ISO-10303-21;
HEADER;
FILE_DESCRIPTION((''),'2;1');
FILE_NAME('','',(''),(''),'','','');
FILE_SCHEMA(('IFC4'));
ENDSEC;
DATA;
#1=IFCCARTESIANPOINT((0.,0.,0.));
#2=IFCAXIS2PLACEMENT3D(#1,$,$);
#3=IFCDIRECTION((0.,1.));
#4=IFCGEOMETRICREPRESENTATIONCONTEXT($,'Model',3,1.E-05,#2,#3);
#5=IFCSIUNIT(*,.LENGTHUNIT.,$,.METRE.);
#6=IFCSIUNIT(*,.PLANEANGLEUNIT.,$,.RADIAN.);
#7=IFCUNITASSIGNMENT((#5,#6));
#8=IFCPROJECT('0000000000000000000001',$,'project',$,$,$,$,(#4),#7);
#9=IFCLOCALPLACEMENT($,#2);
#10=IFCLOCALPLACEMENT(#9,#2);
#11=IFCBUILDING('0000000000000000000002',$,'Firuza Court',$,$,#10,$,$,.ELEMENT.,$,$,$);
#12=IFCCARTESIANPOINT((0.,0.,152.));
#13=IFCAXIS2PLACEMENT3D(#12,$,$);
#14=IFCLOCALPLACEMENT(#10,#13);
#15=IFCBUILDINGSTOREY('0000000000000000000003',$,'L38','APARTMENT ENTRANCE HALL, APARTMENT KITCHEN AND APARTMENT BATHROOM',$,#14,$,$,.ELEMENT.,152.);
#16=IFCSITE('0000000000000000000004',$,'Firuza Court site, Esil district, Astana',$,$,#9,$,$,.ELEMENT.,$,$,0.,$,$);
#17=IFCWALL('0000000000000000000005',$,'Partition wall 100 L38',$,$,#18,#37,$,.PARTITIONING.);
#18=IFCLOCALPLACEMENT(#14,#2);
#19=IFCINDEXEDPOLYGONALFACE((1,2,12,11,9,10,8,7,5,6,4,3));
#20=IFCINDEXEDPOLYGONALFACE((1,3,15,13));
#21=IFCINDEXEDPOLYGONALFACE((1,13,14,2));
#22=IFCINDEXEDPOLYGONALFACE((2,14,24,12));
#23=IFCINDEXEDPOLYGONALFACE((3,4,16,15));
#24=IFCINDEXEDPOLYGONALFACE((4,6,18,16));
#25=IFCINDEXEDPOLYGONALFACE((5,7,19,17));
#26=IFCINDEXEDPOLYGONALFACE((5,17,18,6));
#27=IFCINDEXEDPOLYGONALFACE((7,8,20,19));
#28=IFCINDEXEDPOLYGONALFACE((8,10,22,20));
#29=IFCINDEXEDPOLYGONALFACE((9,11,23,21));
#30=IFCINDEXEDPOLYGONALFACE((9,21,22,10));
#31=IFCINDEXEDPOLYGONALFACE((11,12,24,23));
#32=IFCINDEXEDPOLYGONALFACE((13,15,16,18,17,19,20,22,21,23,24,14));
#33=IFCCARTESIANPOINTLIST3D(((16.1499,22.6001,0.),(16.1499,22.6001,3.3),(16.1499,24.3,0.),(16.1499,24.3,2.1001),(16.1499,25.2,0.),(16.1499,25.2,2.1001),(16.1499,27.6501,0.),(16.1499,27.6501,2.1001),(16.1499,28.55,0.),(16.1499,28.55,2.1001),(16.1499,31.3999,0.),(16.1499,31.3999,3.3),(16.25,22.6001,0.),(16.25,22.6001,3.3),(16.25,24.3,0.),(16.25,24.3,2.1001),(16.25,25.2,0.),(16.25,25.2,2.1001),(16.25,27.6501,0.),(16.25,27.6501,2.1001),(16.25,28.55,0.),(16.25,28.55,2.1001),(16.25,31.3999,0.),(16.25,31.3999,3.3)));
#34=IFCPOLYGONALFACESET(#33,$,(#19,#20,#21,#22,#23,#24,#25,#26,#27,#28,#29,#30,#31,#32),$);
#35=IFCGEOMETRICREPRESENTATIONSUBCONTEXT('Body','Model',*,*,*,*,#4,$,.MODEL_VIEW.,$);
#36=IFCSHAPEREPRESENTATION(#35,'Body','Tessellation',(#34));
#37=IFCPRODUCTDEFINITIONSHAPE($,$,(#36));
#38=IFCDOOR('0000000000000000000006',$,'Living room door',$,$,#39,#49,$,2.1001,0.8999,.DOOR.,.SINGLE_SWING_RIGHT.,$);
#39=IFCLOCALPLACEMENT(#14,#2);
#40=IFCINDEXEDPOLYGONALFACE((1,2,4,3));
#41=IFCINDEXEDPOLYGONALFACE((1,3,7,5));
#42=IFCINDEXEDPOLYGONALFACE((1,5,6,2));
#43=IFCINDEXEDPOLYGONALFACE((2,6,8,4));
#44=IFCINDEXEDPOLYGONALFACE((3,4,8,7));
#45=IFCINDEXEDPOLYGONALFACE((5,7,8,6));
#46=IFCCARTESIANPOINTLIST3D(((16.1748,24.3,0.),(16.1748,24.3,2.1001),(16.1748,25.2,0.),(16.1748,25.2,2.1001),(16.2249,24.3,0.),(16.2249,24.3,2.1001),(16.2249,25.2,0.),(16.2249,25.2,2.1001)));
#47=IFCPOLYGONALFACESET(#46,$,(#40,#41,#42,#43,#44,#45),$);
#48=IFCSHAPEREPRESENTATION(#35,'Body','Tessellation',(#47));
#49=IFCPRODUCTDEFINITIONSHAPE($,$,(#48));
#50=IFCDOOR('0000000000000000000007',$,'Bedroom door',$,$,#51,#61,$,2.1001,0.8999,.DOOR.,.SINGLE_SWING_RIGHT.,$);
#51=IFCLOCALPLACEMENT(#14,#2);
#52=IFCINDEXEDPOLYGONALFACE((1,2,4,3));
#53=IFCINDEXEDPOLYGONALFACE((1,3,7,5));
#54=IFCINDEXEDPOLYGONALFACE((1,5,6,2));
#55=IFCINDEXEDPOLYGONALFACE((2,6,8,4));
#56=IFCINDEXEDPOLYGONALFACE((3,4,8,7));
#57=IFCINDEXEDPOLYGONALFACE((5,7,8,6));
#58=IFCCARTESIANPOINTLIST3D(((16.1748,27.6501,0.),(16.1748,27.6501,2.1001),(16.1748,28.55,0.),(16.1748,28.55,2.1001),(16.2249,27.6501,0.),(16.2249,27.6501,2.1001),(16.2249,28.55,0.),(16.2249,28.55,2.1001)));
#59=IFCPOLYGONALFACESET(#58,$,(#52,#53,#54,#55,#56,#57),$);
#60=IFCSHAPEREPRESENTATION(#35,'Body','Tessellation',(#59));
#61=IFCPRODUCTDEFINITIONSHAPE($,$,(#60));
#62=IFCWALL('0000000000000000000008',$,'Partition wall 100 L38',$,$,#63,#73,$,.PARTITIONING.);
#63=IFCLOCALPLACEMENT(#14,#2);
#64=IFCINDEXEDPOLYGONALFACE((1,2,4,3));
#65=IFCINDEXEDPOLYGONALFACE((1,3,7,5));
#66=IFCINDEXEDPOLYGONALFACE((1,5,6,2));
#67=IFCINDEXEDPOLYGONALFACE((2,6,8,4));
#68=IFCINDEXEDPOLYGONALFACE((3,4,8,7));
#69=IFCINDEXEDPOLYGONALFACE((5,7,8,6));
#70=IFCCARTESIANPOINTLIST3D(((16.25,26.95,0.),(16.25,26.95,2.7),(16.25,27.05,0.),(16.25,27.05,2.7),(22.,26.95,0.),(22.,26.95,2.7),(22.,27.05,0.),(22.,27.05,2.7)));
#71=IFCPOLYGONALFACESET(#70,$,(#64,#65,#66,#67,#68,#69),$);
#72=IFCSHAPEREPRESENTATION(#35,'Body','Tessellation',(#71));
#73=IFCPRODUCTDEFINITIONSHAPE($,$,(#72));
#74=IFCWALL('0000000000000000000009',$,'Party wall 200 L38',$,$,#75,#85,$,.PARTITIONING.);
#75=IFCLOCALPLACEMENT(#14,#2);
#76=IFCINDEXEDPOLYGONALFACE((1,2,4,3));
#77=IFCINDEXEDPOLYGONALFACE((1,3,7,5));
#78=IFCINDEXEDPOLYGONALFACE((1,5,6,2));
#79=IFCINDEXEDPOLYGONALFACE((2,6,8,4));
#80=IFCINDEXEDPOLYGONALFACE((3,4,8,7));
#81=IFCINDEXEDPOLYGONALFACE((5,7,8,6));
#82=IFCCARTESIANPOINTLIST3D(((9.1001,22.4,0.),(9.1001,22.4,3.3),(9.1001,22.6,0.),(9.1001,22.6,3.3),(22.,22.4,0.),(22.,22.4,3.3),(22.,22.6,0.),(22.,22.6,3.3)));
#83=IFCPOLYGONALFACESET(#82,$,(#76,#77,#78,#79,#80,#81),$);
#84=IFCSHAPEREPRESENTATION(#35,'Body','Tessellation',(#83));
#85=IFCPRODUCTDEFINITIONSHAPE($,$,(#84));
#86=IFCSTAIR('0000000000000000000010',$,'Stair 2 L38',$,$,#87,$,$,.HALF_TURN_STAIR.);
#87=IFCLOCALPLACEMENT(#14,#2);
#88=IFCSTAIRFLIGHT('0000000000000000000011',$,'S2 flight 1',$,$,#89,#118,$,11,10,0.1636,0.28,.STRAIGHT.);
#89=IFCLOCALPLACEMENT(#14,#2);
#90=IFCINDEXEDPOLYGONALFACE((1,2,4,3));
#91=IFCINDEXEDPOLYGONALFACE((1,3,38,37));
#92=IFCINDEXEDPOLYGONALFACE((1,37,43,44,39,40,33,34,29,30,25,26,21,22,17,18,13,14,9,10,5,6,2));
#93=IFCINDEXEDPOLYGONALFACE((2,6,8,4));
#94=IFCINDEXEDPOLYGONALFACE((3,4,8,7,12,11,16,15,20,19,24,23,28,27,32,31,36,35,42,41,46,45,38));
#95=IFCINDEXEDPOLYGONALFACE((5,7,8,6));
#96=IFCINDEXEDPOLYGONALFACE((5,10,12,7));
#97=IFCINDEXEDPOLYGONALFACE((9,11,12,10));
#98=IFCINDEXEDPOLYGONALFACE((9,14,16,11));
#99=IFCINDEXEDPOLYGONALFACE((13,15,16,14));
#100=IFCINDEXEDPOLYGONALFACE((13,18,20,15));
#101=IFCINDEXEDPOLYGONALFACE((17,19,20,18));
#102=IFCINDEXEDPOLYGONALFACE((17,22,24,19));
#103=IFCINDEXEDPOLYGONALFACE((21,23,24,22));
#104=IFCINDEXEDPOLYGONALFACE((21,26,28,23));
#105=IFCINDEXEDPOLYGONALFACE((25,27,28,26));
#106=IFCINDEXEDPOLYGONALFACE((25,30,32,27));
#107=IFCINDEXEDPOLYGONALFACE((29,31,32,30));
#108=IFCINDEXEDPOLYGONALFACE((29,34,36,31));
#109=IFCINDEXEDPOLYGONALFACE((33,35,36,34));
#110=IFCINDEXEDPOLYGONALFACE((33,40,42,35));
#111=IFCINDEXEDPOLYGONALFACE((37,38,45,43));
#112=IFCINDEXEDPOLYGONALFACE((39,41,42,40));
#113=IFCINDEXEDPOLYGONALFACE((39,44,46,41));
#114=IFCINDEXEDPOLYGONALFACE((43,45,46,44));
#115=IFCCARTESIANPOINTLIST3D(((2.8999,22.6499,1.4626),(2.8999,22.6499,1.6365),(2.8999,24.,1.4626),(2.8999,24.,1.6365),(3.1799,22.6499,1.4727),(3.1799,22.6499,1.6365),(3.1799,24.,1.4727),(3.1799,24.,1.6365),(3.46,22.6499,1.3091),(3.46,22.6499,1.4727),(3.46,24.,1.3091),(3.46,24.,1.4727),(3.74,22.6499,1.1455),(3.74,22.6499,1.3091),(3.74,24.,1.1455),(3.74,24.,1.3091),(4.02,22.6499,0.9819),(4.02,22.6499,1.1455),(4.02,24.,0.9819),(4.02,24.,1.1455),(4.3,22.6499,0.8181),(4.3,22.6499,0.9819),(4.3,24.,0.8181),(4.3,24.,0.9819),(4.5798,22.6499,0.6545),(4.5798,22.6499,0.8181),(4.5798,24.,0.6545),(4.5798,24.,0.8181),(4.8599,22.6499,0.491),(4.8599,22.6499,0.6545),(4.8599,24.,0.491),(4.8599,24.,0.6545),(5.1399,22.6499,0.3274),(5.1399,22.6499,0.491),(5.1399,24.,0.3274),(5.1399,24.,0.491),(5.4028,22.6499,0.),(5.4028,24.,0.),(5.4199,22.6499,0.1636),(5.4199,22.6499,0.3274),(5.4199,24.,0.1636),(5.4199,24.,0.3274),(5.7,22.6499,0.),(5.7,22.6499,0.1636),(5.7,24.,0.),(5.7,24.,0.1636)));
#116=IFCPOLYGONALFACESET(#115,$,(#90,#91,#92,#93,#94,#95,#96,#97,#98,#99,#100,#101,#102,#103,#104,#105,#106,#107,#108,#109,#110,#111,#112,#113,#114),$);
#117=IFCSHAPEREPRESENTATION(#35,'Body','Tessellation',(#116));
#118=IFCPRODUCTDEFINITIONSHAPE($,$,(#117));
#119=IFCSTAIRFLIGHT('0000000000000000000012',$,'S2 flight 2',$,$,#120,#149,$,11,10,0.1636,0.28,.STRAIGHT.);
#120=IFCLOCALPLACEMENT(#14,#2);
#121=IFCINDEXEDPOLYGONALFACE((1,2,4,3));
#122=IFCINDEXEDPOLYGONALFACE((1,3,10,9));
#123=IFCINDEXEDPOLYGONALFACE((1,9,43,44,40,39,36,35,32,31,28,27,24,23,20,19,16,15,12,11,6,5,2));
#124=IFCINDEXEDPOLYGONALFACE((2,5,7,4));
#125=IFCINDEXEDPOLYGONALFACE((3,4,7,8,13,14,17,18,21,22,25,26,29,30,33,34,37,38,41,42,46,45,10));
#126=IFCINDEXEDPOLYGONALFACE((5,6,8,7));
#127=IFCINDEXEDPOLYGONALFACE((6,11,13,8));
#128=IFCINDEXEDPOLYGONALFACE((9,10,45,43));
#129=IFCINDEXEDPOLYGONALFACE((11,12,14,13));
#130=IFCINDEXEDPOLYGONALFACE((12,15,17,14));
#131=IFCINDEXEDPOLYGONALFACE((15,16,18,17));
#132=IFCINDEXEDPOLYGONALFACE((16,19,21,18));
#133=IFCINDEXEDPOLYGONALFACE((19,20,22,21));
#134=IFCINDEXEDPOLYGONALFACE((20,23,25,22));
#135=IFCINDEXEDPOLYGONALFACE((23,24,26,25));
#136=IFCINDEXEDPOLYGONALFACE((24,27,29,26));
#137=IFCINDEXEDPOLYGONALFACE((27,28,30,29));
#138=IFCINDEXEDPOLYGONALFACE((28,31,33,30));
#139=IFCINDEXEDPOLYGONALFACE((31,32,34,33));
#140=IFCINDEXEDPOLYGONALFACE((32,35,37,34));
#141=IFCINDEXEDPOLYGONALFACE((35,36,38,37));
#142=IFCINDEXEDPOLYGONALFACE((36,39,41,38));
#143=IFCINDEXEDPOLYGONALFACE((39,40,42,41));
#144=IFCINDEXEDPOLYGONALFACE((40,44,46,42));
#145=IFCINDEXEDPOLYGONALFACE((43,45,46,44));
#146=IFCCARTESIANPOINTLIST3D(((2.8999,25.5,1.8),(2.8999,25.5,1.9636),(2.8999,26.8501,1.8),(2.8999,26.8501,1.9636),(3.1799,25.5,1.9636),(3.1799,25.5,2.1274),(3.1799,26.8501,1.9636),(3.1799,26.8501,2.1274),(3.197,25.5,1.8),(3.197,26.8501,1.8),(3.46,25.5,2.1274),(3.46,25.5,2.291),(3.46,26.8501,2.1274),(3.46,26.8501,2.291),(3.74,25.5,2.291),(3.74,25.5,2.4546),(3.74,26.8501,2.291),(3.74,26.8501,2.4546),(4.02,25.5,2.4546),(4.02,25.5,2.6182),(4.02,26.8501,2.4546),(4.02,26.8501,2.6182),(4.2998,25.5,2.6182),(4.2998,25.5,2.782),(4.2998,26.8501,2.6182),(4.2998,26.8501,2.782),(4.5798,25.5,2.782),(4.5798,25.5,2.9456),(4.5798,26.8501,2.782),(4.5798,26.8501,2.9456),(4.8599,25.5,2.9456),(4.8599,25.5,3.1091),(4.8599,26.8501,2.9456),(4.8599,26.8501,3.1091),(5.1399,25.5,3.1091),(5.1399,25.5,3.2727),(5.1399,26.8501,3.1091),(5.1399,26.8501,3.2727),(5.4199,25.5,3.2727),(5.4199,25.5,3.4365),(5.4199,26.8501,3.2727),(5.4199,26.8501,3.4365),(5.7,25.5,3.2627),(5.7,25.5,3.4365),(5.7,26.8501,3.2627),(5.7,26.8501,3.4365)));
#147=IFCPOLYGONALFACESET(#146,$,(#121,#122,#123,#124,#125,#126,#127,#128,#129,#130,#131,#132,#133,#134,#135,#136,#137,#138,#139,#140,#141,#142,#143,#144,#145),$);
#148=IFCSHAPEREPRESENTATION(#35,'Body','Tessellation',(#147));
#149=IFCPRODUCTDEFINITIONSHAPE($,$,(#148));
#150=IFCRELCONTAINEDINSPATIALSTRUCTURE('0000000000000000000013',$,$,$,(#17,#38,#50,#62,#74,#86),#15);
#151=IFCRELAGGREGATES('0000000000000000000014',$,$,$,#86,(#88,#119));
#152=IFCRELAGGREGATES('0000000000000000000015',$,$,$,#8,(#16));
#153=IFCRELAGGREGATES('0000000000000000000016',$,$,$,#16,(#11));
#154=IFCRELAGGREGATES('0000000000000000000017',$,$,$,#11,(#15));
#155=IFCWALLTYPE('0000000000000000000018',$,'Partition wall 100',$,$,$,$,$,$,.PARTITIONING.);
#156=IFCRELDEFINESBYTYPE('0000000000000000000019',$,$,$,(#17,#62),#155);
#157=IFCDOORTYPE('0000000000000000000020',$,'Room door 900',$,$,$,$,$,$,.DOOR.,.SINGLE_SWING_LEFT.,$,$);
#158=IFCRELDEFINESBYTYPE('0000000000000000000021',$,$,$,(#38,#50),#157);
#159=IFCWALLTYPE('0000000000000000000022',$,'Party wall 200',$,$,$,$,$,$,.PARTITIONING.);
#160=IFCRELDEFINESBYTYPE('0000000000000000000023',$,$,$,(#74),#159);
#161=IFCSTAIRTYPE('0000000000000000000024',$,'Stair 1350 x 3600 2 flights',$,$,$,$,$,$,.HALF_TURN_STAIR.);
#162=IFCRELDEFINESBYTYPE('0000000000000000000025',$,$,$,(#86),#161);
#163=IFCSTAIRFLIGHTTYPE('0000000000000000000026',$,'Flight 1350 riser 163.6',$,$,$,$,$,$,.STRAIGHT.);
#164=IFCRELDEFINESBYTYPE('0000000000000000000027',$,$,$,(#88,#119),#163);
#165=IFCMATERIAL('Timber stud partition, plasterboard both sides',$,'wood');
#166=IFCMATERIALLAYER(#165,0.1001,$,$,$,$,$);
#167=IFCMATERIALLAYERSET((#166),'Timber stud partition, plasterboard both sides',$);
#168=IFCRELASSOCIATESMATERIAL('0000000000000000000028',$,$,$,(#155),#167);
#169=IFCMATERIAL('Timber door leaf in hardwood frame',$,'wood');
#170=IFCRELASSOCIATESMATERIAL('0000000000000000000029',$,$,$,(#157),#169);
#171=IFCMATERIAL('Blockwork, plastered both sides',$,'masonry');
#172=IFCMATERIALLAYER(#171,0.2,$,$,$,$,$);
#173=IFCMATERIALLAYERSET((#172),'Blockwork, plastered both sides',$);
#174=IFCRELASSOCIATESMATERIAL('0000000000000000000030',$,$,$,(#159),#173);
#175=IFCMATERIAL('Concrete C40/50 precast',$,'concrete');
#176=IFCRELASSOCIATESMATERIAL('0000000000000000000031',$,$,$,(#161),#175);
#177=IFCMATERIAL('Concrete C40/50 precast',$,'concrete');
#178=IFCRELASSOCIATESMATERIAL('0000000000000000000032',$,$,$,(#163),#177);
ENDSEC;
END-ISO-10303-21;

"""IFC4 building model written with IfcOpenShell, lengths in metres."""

from ifc_helpers import new_model, si_unit, direction, frame, frame_2d, origin, place, context, subcontext, project, spatial, polyline, rectangle, outline, extrude, material, layer, layer_set, type_object, element, fill, aggregate, save


model = new_model("IFC4")

# Units and contexts
model_context = context("Model", 3, precision=1e-05, world=origin(), true_north=direction((0.0, 1.0)))
body_context = subcontext(model_context, "Body", "Model", "MODEL_VIEW")
ifc_project = project(units=[si_unit("LENGTHUNIT", "METRE"), si_unit("PLANEANGLEUNIT", "RADIAN")], contexts=[model_context])

# Site, building, storey
site_placement = place(None, origin())
site = spatial("IfcSite", under=ifc_project, at=site_placement, Name="Firuza Court site, Esil district, Astana", CompositionType="ELEMENT", RefElevation=0.0)
building_placement = place(site_placement, origin())
building = spatial("IfcBuilding", under=site, at=building_placement, Name="Firuza Court", CompositionType="ELEMENT")
storey_placement = place(building_placement, frame((0.0, 0.0, 152.0)))
storey = spatial("IfcBuildingStorey", under=building, at=storey_placement, Name="L38", Description="APARTMENT ENTRANCE HALL, APARTMENT KITCHEN AND APARTMENT BATHROOM", CompositionType="ELEMENT", Elevation=152.0)

# Shared definitions
ifc_material_1 = material(Name="Timber stud partition, plasterboard both sides", Category="wood")
ifc_layer_1 = layer(ifc_material_1, 0.1001)
ifc_layer_set_1 = layer_set([ifc_layer_1], Name="Timber stud partition, plasterboard both sides")
wall_type_1 = type_object("IfcWallType", Name="Partition wall 100", PredefinedType="PARTITIONING", material=ifc_layer_set_1)

# Shared definitions
ifc_material_2 = material(Name="Timber door leaf in hardwood frame", Category="wood")
door_type_1 = type_object("IfcDoorType", Name="Room door 900", OperationType="SINGLE_SWING_LEFT", PredefinedType="DOOR", material=ifc_material_2)

# Wall, openings, doors
wall_1_placement = place(storey_placement, frame((16.2, 22.6001, 0.0), z_axis=(0.0, 0.0, 1.0), x_axis=(0.0, 1.0, 0.0)))
wall_1 = element("IfcWall", 1, at=wall_1_placement, inside=storey, type_object=wall_type_1, Name="Partition wall 100 L38", PredefinedType="PARTITIONING", context=body_context, shape_type="SweptSolid", body=[
    extrude(rectangle(XDim=8.7998, YDim=0.1001, at=frame_2d((4.3999, 0.0))), origin(), (0.0, 0.0, 1.0), 3.3),
])
opening_1_placement = place(wall_1_placement, frame((1.7, 0.0, 0.0)))
opening_1 = element("IfcOpeningElement", 2, at=opening_1_placement, cuts=wall_1, PredefinedType="OPENING", context=body_context, shape_type="SweptSolid", body=[
    extrude(rectangle(XDim=0.8999, YDim=2.1001, at=frame_2d((0.45, 1.05))), frame((0.0, 0.062, 0.0), z_axis=(0.0, -1.0, 0.0), x_axis=(1.0, 0.0, 0.0)), (0.0, 0.0, 1.0), 0.124),
])
opening_2_placement = place(wall_1_placement, frame((5.05, 0.0, 0.0)))
opening_2 = element("IfcOpeningElement", 3, at=opening_2_placement, cuts=wall_1, PredefinedType="OPENING", context=body_context, shape_type="SweptSolid", body=[
    extrude(rectangle(XDim=0.8999, YDim=2.1001, at=frame_2d((0.45, 1.05))), frame((0.0, 0.062, 0.0), z_axis=(0.0, -1.0, 0.0), x_axis=(1.0, 0.0, 0.0)), (0.0, 0.0, 1.0), 0.124),
])
door_1_placement = place(opening_1_placement, frame((0.8999, 0.0, 0.0), z_axis=(0.0, 0.0, 1.0), x_axis=(-1.0, 0.0, 0.0)))
door_1 = element("IfcDoor", 4, at=door_1_placement, inside=storey, type_object=door_type_1, Name="Living room door", OperationType="SINGLE_SWING_RIGHT", OverallHeight=2.1001, OverallWidth=0.8999, PredefinedType="DOOR", context=body_context, shape_type="SweptSolid", body=[
    extrude(rectangle(XDim=0.8999, YDim=2.1001, at=frame_2d((0.45, 1.05))), frame((0.0, 0.0249, 0.0), z_axis=(0.0, -1.0, 0.0), x_axis=(1.0, 0.0, 0.0)), (0.0, 0.0, 1.0), 0.05),
])
fill(opening_1, door_1)
door_2_placement = place(opening_2_placement, frame((0.8999, 0.0, 0.0), z_axis=(0.0, 0.0, 1.0), x_axis=(-1.0, 0.0, 0.0)))
door_2 = element("IfcDoor", 5, at=door_2_placement, inside=storey, type_object=door_type_1, Name="Bedroom door", OperationType="SINGLE_SWING_RIGHT", OverallHeight=2.1001, OverallWidth=0.8999, PredefinedType="DOOR", context=body_context, shape_type="SweptSolid", body=[
    extrude(rectangle(XDim=0.8999, YDim=2.1001, at=frame_2d((0.45, 1.05))), frame((0.0, 0.0249, 0.0), z_axis=(0.0, -1.0, 0.0), x_axis=(1.0, 0.0, 0.0)), (0.0, 0.0, 1.0), 0.05),
])
fill(opening_2, door_2)

# Walls
wall_2_placement = place(storey_placement, frame((16.25, 27.0, 0.0), z_axis=(0.0, 0.0, 1.0), x_axis=(1.0, 0.0, 0.0)))
element("IfcWall", 6, at=wall_2_placement, inside=storey, type_object=wall_type_1, Name="Partition wall 100 L38", PredefinedType="PARTITIONING", context=body_context, shape_type="SweptSolid", body=[
    extrude(rectangle(XDim=5.75, YDim=0.1001, at=frame_2d((2.875, 0.0))), origin(), (0.0, 0.0, 1.0), 2.7),
])
ifc_material_3 = material(Name="Blockwork, plastered both sides", Category="masonry")
ifc_layer_2 = layer(ifc_material_3, 0.2)
ifc_layer_set_2 = layer_set([ifc_layer_2], Name="Blockwork, plastered both sides")
wall_type_2 = type_object("IfcWallType", Name="Party wall 200", PredefinedType="PARTITIONING", material=ifc_layer_set_2)
wall_3_placement = place(storey_placement, frame((9.1001, 22.5, 0.0), z_axis=(0.0, 0.0, 1.0), x_axis=(1.0, 0.0, 0.0)))
element("IfcWall", 7, at=wall_3_placement, inside=storey, type_object=wall_type_2, Name="Party wall 200 L38", PredefinedType="PARTITIONING", context=body_context, shape_type="SweptSolid", body=[
    extrude(rectangle(XDim=12.8999, YDim=0.2, at=frame_2d((6.45, 0.0))), origin(), (0.0, 0.0, 1.0), 3.3),
])

# Stair, stair flights
ifc_material_4 = material(Name="Concrete C40/50 precast", Category="concrete")
stair_type = type_object("IfcStairType", Name="Stair 1350 x 3600 2 flights", PredefinedType="HALF_TURN_STAIR", material=ifc_material_4)
stair_placement = place(storey_placement, origin())
stair = element("IfcStair", 8, at=stair_placement, inside=storey, type_object=stair_type, Name="Stair 2 L38", PredefinedType="HALF_TURN_STAIR")
ifc_material_5 = material(Name="Concrete C40/50 precast", Category="concrete")
stair_flight_type = type_object("IfcStairFlightType", Name="Flight 1350 riser 163.6", PredefinedType="STRAIGHT", material=ifc_material_5)
stair_flight_1_placement = place(storey_placement, frame((5.7, 23.325, 0.0), z_axis=(0.0, 0.0, 1.0), x_axis=(-1.0, 0.0, 0.0)))
stair_flight_1 = element("IfcStairFlight", 9, at=stair_flight_1_placement, type_object=stair_flight_type, Name="S2 flight 1", NumberOfRisers=11, NumberOfTreads=10, PredefinedType="STRAIGHT", RiserHeight=0.1636, TreadLength=0.28, context=body_context, shape_type="SweptSolid", body=[
    extrude(outline(polyline([(0.0, 0.0), (0.0, 0.1636), (0.28, 0.1636), (0.28, 0.3274), (0.5601, 0.3274), (0.5601, 0.491), (0.8401, 0.491), (0.8401, 0.6545), (1.1201, 0.6545), (1.1201, 0.8181), (1.3999, 0.8181), (1.3999, 0.9819), (1.6799, 0.9819), (1.6799, 1.1455), (1.96, 1.1455), (1.96, 1.3091), (2.24, 1.3091), (2.24, 1.4727), (2.52, 1.4727), (2.52, 1.6365), (2.8, 1.6365), (2.8, 1.8), (2.8, 1.4626), (0.2971, 0.0), (0.0, 0.0)])), frame((0.0, 0.675, 0.0), z_axis=(0.0, -1.0, 0.0), x_axis=(1.0, 0.0, 0.0)), (0.0, 0.0, 1.0), 1.3501),
])
stair_flight_2_placement = place(storey_placement, frame((2.8999, 26.175, 1.8), z_axis=(0.0, 0.0, 1.0), x_axis=(1.0, 0.0, 0.0)))
stair_flight_2 = element("IfcStairFlight", 10, at=stair_flight_2_placement, type_object=stair_flight_type, Name="S2 flight 2", NumberOfRisers=11, NumberOfTreads=10, PredefinedType="STRAIGHT", RiserHeight=0.1636, TreadLength=0.28, context=body_context, shape_type="SweptSolid", body=[
    extrude(outline(polyline([(0.0, 0.0), (0.0, 0.1636), (0.28, 0.1636), (0.28, 0.3274), (0.5601, 0.3274), (0.5601, 0.491), (0.8401, 0.491), (0.8401, 0.6545), (1.1201, 0.6545), (1.1201, 0.8181), (1.3999, 0.8181), (1.3999, 0.9819), (1.6799, 0.9819), (1.6799, 1.1455), (1.96, 1.1455), (1.96, 1.3091), (2.24, 1.3091), (2.24, 1.4727), (2.52, 1.4727), (2.52, 1.6365), (2.8, 1.6365), (2.8, 1.8), (2.8, 1.4626), (0.2971, 0.0), (0.0, 0.0)])), frame((0.0, 0.675, 0.0), z_axis=(0.0, -1.0, 0.0), x_axis=(1.0, 0.0, 0.0)), (0.0, 0.0, 1.0), 1.3501),
])
aggregate(stair, [stair_flight_1, stair_flight_2])

save(model, "model.ifc")
